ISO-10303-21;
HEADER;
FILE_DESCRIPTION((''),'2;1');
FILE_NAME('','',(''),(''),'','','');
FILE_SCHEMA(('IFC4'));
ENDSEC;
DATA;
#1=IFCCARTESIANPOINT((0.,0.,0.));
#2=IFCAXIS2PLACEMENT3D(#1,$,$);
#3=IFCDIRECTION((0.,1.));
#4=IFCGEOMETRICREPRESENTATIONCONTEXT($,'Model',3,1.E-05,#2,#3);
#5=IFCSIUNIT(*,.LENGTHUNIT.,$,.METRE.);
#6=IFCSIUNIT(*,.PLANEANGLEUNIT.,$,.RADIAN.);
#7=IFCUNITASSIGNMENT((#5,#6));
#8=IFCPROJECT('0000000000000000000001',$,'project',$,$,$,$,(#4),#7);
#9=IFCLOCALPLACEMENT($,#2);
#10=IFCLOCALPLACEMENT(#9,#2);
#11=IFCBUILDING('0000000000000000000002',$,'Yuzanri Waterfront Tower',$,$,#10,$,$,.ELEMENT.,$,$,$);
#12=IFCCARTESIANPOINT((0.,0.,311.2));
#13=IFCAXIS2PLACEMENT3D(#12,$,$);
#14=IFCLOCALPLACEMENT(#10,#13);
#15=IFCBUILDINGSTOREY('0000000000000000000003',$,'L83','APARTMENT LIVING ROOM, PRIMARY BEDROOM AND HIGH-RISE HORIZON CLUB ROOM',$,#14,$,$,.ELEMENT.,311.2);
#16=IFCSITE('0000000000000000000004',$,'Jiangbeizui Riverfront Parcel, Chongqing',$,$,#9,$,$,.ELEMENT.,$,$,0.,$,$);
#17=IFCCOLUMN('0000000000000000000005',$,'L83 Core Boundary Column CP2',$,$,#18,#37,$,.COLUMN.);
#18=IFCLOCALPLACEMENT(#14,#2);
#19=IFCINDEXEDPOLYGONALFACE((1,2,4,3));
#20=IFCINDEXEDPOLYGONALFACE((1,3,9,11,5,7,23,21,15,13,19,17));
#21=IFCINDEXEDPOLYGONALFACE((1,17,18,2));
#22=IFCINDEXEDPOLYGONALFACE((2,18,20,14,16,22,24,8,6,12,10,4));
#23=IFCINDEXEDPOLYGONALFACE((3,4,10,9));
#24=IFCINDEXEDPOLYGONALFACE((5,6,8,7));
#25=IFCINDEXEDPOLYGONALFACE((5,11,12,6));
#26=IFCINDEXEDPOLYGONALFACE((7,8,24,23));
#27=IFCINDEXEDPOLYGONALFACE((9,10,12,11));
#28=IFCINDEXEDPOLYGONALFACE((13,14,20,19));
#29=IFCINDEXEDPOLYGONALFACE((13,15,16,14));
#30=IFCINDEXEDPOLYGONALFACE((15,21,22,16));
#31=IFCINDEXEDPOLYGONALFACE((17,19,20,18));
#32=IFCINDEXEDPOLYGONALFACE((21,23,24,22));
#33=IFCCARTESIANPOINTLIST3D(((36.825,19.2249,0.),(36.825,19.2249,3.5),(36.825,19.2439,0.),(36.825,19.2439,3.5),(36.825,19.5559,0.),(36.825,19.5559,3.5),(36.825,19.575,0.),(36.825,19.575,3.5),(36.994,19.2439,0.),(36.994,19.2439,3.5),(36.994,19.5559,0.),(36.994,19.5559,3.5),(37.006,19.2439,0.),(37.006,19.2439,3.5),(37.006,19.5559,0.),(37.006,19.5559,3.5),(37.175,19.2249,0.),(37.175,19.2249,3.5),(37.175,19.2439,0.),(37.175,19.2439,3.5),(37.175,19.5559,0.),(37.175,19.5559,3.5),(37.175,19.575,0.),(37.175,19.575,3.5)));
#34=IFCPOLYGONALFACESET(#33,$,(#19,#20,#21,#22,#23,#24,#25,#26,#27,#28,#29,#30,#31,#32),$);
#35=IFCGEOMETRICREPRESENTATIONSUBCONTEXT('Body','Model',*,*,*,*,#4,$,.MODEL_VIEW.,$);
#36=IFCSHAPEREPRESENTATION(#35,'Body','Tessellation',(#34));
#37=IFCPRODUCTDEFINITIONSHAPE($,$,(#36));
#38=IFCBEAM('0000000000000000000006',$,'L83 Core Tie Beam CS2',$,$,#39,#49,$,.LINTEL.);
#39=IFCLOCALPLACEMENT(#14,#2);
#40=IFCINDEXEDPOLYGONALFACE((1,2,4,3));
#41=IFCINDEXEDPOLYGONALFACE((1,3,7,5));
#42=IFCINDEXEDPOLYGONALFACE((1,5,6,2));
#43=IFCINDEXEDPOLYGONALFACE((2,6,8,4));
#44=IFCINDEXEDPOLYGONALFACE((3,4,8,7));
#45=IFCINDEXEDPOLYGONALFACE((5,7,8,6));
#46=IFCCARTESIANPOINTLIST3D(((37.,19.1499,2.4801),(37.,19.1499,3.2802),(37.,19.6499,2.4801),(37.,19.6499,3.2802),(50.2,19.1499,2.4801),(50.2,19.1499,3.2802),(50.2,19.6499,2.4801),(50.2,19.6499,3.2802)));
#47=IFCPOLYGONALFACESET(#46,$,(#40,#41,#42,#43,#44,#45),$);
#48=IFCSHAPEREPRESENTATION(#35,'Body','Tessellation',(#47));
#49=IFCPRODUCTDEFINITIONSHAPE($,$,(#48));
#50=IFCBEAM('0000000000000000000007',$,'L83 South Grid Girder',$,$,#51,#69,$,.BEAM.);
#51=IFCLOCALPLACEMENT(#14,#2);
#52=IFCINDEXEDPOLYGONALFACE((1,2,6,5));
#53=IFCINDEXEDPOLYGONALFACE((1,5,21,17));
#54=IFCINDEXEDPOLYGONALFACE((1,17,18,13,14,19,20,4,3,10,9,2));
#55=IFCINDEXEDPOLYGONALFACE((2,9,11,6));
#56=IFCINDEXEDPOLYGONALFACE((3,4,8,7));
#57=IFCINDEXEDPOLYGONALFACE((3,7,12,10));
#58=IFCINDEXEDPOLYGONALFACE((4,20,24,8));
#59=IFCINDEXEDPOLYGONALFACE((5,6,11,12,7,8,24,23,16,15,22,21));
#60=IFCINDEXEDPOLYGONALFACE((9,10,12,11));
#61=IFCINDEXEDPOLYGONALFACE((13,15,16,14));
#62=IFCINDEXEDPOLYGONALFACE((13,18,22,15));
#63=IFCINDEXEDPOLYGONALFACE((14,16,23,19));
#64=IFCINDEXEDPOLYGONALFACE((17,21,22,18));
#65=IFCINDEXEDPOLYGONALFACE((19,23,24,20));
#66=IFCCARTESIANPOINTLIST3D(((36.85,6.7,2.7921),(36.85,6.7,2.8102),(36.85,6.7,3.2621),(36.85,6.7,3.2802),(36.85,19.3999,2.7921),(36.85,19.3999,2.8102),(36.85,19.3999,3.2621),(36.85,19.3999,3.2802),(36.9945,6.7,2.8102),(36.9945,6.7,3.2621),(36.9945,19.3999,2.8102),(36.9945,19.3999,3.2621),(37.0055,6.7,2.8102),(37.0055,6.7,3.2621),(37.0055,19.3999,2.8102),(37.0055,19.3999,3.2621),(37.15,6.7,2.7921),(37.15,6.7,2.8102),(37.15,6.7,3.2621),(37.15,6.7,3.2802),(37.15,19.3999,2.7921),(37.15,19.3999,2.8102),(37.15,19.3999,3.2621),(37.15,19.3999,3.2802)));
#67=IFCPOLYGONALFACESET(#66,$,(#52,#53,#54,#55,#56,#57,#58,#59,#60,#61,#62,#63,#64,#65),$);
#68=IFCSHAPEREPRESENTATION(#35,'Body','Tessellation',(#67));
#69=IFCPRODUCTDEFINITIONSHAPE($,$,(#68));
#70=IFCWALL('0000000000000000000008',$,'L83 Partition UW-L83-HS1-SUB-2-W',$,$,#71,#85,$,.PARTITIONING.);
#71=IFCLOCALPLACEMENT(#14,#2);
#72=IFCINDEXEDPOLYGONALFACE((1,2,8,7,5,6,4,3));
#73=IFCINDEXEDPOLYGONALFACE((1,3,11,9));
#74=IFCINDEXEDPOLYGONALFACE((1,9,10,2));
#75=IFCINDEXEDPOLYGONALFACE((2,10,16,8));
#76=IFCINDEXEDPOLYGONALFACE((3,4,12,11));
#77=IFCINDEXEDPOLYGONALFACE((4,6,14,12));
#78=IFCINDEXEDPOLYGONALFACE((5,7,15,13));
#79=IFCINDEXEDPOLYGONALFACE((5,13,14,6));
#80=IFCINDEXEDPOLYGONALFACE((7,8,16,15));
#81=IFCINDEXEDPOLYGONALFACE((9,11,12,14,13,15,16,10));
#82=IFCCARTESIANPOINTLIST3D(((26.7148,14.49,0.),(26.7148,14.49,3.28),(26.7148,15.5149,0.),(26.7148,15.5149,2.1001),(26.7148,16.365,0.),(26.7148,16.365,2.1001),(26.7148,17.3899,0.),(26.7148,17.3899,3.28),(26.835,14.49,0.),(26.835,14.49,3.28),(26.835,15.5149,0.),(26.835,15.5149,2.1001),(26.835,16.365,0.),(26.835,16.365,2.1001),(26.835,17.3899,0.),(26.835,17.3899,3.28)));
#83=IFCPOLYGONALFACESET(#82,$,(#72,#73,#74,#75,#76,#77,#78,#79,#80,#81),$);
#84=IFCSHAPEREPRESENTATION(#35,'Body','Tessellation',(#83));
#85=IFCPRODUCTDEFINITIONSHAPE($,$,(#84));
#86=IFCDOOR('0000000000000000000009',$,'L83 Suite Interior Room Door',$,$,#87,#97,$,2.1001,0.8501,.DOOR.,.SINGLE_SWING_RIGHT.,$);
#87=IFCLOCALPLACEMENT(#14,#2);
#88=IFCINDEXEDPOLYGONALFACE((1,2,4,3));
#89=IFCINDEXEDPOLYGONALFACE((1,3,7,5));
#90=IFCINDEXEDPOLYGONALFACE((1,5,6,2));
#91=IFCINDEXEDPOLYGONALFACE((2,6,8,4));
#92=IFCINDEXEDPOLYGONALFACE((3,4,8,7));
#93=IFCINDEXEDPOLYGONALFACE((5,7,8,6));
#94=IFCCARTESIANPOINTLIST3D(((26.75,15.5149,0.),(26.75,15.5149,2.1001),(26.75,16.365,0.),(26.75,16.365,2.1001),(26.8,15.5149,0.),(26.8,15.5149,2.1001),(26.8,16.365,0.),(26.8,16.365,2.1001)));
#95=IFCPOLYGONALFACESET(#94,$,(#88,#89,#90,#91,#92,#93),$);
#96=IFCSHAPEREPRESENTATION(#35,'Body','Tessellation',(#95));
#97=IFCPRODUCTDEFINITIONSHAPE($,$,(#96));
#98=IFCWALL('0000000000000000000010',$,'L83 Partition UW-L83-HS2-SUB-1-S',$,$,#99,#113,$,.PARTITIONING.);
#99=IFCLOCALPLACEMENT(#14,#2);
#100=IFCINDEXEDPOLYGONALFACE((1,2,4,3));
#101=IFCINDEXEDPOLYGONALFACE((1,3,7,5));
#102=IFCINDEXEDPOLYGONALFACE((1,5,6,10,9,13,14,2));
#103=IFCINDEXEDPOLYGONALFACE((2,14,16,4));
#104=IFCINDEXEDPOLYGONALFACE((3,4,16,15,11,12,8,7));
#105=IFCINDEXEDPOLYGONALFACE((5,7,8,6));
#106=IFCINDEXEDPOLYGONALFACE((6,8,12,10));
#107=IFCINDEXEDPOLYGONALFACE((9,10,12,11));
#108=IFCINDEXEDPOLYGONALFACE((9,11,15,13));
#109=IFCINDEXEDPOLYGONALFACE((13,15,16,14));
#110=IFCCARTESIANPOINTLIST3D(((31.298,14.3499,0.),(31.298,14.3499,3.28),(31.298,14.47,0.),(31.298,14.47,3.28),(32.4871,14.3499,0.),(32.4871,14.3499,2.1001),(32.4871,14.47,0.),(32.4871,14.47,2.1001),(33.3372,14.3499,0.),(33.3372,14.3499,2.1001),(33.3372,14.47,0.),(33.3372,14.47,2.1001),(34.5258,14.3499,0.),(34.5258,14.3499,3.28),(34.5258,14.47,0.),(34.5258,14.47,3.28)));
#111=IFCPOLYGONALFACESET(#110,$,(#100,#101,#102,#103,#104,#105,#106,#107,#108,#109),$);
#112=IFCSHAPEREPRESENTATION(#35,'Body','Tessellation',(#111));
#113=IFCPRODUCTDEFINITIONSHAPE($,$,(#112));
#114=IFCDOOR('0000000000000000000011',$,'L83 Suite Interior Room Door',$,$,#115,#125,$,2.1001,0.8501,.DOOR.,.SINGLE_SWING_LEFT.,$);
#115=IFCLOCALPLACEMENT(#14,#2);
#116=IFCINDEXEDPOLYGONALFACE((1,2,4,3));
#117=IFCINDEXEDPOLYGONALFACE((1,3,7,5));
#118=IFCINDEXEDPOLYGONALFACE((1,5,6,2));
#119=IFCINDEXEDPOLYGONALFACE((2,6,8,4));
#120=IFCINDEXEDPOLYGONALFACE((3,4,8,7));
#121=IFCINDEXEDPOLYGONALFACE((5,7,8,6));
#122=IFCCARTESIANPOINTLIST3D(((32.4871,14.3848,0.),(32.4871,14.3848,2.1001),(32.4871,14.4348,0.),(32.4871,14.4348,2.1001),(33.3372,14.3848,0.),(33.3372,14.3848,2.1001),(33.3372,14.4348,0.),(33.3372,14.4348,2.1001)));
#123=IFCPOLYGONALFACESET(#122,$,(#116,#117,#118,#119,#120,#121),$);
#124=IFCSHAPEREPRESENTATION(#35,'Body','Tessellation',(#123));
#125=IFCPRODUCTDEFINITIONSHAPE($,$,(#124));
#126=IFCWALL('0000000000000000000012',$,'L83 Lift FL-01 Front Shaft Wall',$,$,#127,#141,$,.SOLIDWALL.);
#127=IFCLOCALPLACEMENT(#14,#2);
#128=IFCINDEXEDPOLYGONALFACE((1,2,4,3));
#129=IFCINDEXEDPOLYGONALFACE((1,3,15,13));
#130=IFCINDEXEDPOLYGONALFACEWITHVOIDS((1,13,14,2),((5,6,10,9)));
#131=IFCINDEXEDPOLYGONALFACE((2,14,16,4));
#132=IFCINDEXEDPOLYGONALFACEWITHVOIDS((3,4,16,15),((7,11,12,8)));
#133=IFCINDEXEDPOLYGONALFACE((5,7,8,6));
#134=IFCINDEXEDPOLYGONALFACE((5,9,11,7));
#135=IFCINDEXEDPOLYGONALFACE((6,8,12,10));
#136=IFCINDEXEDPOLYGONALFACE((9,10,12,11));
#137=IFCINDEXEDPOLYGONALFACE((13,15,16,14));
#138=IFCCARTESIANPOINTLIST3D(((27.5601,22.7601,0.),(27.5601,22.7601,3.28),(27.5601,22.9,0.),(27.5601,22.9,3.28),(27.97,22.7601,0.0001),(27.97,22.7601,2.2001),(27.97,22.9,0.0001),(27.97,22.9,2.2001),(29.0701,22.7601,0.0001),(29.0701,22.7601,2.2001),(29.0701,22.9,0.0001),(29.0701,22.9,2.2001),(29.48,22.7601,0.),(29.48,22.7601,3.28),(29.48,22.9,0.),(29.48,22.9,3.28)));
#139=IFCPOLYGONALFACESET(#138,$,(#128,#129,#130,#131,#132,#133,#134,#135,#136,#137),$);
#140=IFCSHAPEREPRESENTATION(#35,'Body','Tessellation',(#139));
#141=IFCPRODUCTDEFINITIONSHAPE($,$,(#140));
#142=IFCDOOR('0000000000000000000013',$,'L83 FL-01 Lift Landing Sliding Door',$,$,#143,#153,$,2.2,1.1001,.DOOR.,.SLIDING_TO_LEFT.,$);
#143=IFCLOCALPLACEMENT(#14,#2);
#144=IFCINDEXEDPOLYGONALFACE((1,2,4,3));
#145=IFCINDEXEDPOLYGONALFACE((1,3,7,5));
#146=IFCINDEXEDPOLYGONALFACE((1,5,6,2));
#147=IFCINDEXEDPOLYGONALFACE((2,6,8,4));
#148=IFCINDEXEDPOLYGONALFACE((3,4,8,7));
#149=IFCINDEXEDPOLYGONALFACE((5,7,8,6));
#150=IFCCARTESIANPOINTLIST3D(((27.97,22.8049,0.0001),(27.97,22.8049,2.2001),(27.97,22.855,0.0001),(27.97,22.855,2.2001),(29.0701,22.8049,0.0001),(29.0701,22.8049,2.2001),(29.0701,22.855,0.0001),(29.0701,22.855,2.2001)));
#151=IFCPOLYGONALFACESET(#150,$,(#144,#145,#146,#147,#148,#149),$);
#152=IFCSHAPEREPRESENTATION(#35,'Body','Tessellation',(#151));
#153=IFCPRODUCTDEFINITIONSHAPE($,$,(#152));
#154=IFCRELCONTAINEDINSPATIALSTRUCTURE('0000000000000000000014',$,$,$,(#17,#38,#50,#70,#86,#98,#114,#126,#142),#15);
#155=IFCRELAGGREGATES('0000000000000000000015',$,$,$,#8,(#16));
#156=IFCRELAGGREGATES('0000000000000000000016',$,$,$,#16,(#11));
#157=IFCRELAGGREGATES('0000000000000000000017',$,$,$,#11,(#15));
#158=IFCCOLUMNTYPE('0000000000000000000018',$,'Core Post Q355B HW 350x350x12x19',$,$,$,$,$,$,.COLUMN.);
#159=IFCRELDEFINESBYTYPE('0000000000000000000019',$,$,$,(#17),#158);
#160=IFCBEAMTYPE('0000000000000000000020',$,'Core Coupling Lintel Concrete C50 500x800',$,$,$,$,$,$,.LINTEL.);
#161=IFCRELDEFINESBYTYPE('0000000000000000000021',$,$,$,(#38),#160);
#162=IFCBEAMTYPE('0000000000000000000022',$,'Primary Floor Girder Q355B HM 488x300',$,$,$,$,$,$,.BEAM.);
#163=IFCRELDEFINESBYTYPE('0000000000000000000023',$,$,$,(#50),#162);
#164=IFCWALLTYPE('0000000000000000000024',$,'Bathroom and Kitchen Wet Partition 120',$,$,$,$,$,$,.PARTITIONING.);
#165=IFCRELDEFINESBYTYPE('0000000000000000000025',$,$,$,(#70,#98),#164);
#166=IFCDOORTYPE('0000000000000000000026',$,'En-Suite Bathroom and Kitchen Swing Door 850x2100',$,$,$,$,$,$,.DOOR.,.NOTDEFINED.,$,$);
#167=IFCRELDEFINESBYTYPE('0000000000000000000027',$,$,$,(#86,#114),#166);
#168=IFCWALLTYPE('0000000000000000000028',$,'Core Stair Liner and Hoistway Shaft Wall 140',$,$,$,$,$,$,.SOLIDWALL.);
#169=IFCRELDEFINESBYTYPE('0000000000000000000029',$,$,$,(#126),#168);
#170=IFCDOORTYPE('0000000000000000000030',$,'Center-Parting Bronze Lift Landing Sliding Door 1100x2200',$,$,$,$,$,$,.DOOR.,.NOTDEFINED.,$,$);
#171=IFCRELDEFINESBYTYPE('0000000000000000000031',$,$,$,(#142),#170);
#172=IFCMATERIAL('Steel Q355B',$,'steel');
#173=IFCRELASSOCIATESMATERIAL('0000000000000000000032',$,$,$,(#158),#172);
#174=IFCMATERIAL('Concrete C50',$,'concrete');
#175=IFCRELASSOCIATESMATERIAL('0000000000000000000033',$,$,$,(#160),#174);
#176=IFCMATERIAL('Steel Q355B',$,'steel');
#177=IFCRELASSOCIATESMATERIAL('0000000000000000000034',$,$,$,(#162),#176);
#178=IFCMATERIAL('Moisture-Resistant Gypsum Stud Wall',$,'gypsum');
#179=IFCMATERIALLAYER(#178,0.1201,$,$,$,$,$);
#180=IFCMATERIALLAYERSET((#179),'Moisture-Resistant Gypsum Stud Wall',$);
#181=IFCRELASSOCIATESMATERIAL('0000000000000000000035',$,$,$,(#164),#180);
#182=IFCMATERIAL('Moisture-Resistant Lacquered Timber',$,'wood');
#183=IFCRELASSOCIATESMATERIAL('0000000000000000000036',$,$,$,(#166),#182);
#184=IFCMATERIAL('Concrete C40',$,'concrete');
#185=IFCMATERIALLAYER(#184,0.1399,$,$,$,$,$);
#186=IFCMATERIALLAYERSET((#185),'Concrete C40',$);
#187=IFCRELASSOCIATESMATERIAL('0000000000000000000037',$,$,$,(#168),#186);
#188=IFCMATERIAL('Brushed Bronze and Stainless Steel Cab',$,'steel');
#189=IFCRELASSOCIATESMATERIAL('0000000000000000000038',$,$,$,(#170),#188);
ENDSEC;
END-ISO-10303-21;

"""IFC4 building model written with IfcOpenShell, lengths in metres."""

from ifc_helpers import new_model, si_unit, direction, frame, frame_2d, origin, origin_2d, place, context, subcontext, project, spatial, rectangle, i_section, extrude, source, transform, mapped, material, layer, layer_set, material_profile, profile_set, type_object, element, fill, save


model = new_model("IFC4")

# Units and contexts
model_context = context("Model", 3, precision=1e-05, world=origin(), true_north=direction((0.0, 1.0)))
body_context = subcontext(model_context, "Body", "Model", "MODEL_VIEW")
ifc_project = project(units=[si_unit("LENGTHUNIT", "METRE"), si_unit("PLANEANGLEUNIT", "RADIAN")], contexts=[model_context])

# Site, building, storey
site_placement = place(None, origin())
site = spatial("IfcSite", under=ifc_project, at=site_placement, Name="Jiangbeizui Riverfront Parcel, Chongqing", CompositionType="ELEMENT", RefElevation=0.0)
building_placement = place(site_placement, origin())
building = spatial("IfcBuilding", under=site, at=building_placement, Name="Yuzanri Waterfront Tower", CompositionType="ELEMENT")
storey_placement = place(building_placement, frame((0.0, 0.0, 311.2)))
storey = spatial("IfcBuildingStorey", under=building, at=storey_placement, Name="L83", Description="APARTMENT LIVING ROOM, PRIMARY BEDROOM AND HIGH-RISE HORIZON CLUB ROOM", CompositionType="ELEMENT", Elevation=311.2)

# Column
ifc_material_1 = material(Name="Steel Q355B", Category="steel")
ifc_material_profile_1 = material_profile(ifc_material_1, i_section(OverallWidth=0.3501, OverallDepth=0.3501, WebThickness=0.012, FlangeThickness=0.019, at=origin_2d()), Name="HW 350x350x12x19")
ifc_profile_set_1 = profile_set([ifc_material_profile_1], Name="Steel Q355B")
column_type = type_object("IfcColumnType", Name="Core Post Q355B HW 350x350x12x19", PredefinedType="COLUMN", material=ifc_profile_set_1)
shared_shape_1 = source(origin(), body_context, "Body", "SweptSolid", [
    extrude(i_section(OverallWidth=0.3501, OverallDepth=0.3501, WebThickness=0.012, FlangeThickness=0.019, at=origin_2d()), origin(), (0.0, 0.0, 1.0), 3.5),
])
column_placement = place(storey_placement, frame((37.0, 19.3999, 0.0), z_axis=(0.0, 0.0, 1.0), x_axis=(1.0, 0.0, 0.0)))
element("IfcColumn", 1, at=column_placement, inside=storey, type_object=column_type, Name="L83 Core Boundary Column CP2", PredefinedType="COLUMN", context=body_context, shape_type="MappedRepresentation", body=[
    mapped(shared_shape_1, transform((0.0, 0.0, 0.0), scale=1.0)),
])

# Beams
ifc_material_2 = material(Name="Concrete C50", Category="concrete")
ifc_material_profile_2 = material_profile(ifc_material_2, rectangle(XDim=0.5, YDim=0.8, at=origin_2d()), Name="RC 500x800")
ifc_profile_set_2 = profile_set([ifc_material_profile_2], Name="Concrete C50")
beam_type_1 = type_object("IfcBeamType", Name="Core Coupling Lintel Concrete C50 500x800", PredefinedType="LINTEL", material=ifc_profile_set_2)
shared_shape_2 = source(origin(), body_context, "Body", "SweptSolid", [
    extrude(rectangle(XDim=0.5, YDim=0.8, at=origin_2d()), origin(), (0.0, 0.0, 1.0), 13.2),
])
beam_1_placement = place(storey_placement, frame((37.0, 19.3999, 2.8801), z_axis=(1.0, 0.0, 0.0), x_axis=(0.0, 1.0, 0.0)))
element("IfcBeam", 2, at=beam_1_placement, inside=storey, type_object=beam_type_1, Name="L83 Core Tie Beam CS2", PredefinedType="LINTEL", context=body_context, shape_type="MappedRepresentation", body=[
    mapped(shared_shape_2, transform((0.0, 0.0, 0.0), scale=1.0)),
])
ifc_material_3 = material(Name="Steel Q355B", Category="steel")
ifc_material_profile_3 = material_profile(ifc_material_3, i_section(OverallWidth=0.3, OverallDepth=0.488, WebThickness=0.011, FlangeThickness=0.0181, at=origin_2d()), Name="HM 488x300x11x18")
ifc_profile_set_3 = profile_set([ifc_material_profile_3], Name="Steel Q355B")
beam_type_2 = type_object("IfcBeamType", Name="Primary Floor Girder Q355B HM 488x300", PredefinedType="BEAM", material=ifc_profile_set_3)
shared_shape_3 = source(origin(), body_context, "Body", "SweptSolid", [
    extrude(i_section(OverallWidth=0.3, OverallDepth=0.488, WebThickness=0.011, FlangeThickness=0.0181, at=origin_2d()), origin(), (0.0, 0.0, 1.0), 12.7),
])
beam_2_placement = place(storey_placement, frame((37.0, 19.3999, 3.0361), z_axis=(0.0, -1.0, 0.0), x_axis=(1.0, 0.0, 0.0)))
element("IfcBeam", 3, at=beam_2_placement, inside=storey, type_object=beam_type_2, Name="L83 South Grid Girder", PredefinedType="BEAM", context=body_context, shape_type="MappedRepresentation", body=[
    mapped(shared_shape_3, transform((0.0, 0.0, 0.0), scale=1.0)),
])

# Walls, openings, doors
ifc_material_4 = material(Name="Moisture-Resistant Gypsum Stud Wall", Category="gypsum")
ifc_layer_1 = layer(ifc_material_4, 0.1201)
ifc_layer_set_1 = layer_set([ifc_layer_1], Name="Moisture-Resistant Gypsum Stud Wall")
wall_type_1 = type_object("IfcWallType", Name="Bathroom and Kitchen Wet Partition 120", PredefinedType="PARTITIONING", material=ifc_layer_set_1)
wall_1_placement = place(storey_placement, frame((26.7749, 14.49, 0.0), z_axis=(0.0, 0.0, 1.0), x_axis=(0.0, 1.0, 0.0)))
wall_1 = element("IfcWall", 4, at=wall_1_placement, inside=storey, type_object=wall_type_1, Name="L83 Partition UW-L83-HS1-SUB-2-W", PredefinedType="PARTITIONING", context=body_context, shape_type="SweptSolid", body=[
    extrude(rectangle(XDim=2.8999, YDim=0.1201, at=frame_2d((1.45, 0.0))), origin(), (0.0, 0.0, 1.0), 3.28),
])
opening_1_placement = place(wall_1_placement, frame((1.0249, 0.0, 0.0)))
opening_1 = element("IfcOpeningElement", 5, at=opening_1_placement, cuts=wall_1, PredefinedType="OPENING", context=body_context, shape_type="SweptSolid", body=[
    extrude(rectangle(XDim=0.8501, YDim=2.1001, at=frame_2d((0.425, 1.05))), frame((0.0, 0.075, 0.0), z_axis=(0.0, -1.0, 0.0), x_axis=(1.0, 0.0, 0.0)), (0.0, 0.0, 1.0), 0.1499),
])
ifc_material_5 = material(Name="Moisture-Resistant Lacquered Timber", Category="wood")
door_type_1 = type_object("IfcDoorType", Name="En-Suite Bathroom and Kitchen Swing Door 850x2100", OperationType="NOTDEFINED", PredefinedType="DOOR", material=ifc_material_5)
shared_shape_4 = source(origin(), body_context, "Body", "SweptSolid", [
    extrude(rectangle(XDim=0.8501, YDim=2.1001, at=frame_2d((0.425, 1.05))), frame((0.0, 0.0249, 0.0), z_axis=(0.0, -1.0, 0.0), x_axis=(1.0, 0.0, 0.0)), (0.0, 0.0, 1.0), 0.05),
])
door_1_placement = place(opening_1_placement, origin())
door_1 = element("IfcDoor", 6, at=door_1_placement, inside=storey, type_object=door_type_1, Name="L83 Suite Interior Room Door", OperationType="SINGLE_SWING_RIGHT", OverallHeight=2.1001, OverallWidth=0.8501, PredefinedType="DOOR", context=body_context, shape_type="MappedRepresentation", body=[
    mapped(shared_shape_4, transform((0.0, 0.0, 0.0), scale=1.0)),
])
fill(opening_1, door_1)
wall_2_placement = place(storey_placement, frame((31.2981, 14.4099, 0.0), z_axis=(0.0, 0.0, 1.0), x_axis=(1.0, 0.0, 0.0)))
wall_2 = element("IfcWall", 7, at=wall_2_placement, inside=storey, type_object=wall_type_1, Name="L83 Partition UW-L83-HS2-SUB-1-S", PredefinedType="PARTITIONING", context=body_context, shape_type="SweptSolid", body=[
    extrude(rectangle(XDim=3.2278, YDim=0.1201, at=frame_2d((1.6138, 0.0))), origin(), (0.0, 0.0, 1.0), 3.28),
])
opening_2_placement = place(wall_2_placement, frame((1.189, 0.0, 0.0)))
opening_2 = element("IfcOpeningElement", 8, at=opening_2_placement, cuts=wall_2, PredefinedType="OPENING", context=body_context, shape_type="SweptSolid", body=[
    extrude(rectangle(XDim=0.8501, YDim=2.1001, at=frame_2d((0.425, 1.05))), frame((0.0, 0.075, 0.0), z_axis=(0.0, -1.0, 0.0), x_axis=(1.0, 0.0, 0.0)), (0.0, 0.0, 1.0), 0.1499),
])
door_2_placement = place(opening_2_placement, origin())
door_2 = element("IfcDoor", 9, at=door_2_placement, inside=storey, type_object=door_type_1, Name="L83 Suite Interior Room Door", OperationType="SINGLE_SWING_LEFT", OverallHeight=2.1001, OverallWidth=0.8501, PredefinedType="DOOR", context=body_context, shape_type="MappedRepresentation", body=[
    mapped(shared_shape_4, transform((0.0, 0.0, 0.0), scale=1.0)),
])
fill(opening_2, door_2)
ifc_material_6 = material(Name="Concrete C40", Category="concrete")
ifc_layer_2 = layer(ifc_material_6, 0.1399)
ifc_layer_set_2 = layer_set([ifc_layer_2], Name="Concrete C40")
wall_type_2 = type_object("IfcWallType", Name="Core Stair Liner and Hoistway Shaft Wall 140", PredefinedType="SOLIDWALL", material=ifc_layer_set_2)
wall_3_placement = place(storey_placement, frame((27.5601, 22.8301, 0.0), z_axis=(0.0, 0.0, 1.0), x_axis=(1.0, 0.0, 0.0)))
wall_3 = element("IfcWall", 10, at=wall_3_placement, inside=storey, type_object=wall_type_2, Name="L83 Lift FL-01 Front Shaft Wall", PredefinedType="SOLIDWALL", context=body_context, shape_type="SweptSolid", body=[
    extrude(rectangle(XDim=1.9199, YDim=0.1399, at=frame_2d((0.96, 0.0))), origin(), (0.0, 0.0, 1.0), 3.28),
])
opening_3_placement = place(wall_3_placement, frame((0.4099, 0.0, 0.0)))
opening_3 = element("IfcOpeningElement", 11, at=opening_3_placement, cuts=wall_3, PredefinedType="OPENING", context=body_context, shape_type="SweptSolid", body=[
    extrude(rectangle(XDim=1.1001, YDim=2.2, at=frame_2d((0.55, 1.1001))), frame((0.0, 0.085, 0.0), z_axis=(0.0, -1.0, 0.0), x_axis=(1.0, 0.0, 0.0)), (0.0, 0.0, 1.0), 0.1697),
])
ifc_material_7 = material(Name="Brushed Bronze and Stainless Steel Cab", Category="steel")
door_type_2 = type_object("IfcDoorType", Name="Center-Parting Bronze Lift Landing Sliding Door 1100x2200", OperationType="NOTDEFINED", PredefinedType="DOOR", material=ifc_material_7)
shared_shape_5 = source(origin(), body_context, "Body", "SweptSolid", [
    extrude(rectangle(XDim=1.1001, YDim=2.2, at=frame_2d((0.55, 1.1001))), frame((0.0, 0.0249, 0.0), z_axis=(0.0, -1.0, 0.0), x_axis=(1.0, 0.0, 0.0)), (0.0, 0.0, 1.0), 0.05),
])
door_3_placement = place(opening_3_placement, origin())
door_3 = element("IfcDoor", 12, at=door_3_placement, inside=storey, type_object=door_type_2, Name="L83 FL-01 Lift Landing Sliding Door", OperationType="SLIDING_TO_LEFT", OverallHeight=2.2, OverallWidth=1.1001, PredefinedType="DOOR", context=body_context, shape_type="MappedRepresentation", body=[
    mapped(shared_shape_5, transform((0.0, 0.0, 0.0), scale=1.0)),
])
fill(opening_3, door_3)

save(model, "model.ifc")
